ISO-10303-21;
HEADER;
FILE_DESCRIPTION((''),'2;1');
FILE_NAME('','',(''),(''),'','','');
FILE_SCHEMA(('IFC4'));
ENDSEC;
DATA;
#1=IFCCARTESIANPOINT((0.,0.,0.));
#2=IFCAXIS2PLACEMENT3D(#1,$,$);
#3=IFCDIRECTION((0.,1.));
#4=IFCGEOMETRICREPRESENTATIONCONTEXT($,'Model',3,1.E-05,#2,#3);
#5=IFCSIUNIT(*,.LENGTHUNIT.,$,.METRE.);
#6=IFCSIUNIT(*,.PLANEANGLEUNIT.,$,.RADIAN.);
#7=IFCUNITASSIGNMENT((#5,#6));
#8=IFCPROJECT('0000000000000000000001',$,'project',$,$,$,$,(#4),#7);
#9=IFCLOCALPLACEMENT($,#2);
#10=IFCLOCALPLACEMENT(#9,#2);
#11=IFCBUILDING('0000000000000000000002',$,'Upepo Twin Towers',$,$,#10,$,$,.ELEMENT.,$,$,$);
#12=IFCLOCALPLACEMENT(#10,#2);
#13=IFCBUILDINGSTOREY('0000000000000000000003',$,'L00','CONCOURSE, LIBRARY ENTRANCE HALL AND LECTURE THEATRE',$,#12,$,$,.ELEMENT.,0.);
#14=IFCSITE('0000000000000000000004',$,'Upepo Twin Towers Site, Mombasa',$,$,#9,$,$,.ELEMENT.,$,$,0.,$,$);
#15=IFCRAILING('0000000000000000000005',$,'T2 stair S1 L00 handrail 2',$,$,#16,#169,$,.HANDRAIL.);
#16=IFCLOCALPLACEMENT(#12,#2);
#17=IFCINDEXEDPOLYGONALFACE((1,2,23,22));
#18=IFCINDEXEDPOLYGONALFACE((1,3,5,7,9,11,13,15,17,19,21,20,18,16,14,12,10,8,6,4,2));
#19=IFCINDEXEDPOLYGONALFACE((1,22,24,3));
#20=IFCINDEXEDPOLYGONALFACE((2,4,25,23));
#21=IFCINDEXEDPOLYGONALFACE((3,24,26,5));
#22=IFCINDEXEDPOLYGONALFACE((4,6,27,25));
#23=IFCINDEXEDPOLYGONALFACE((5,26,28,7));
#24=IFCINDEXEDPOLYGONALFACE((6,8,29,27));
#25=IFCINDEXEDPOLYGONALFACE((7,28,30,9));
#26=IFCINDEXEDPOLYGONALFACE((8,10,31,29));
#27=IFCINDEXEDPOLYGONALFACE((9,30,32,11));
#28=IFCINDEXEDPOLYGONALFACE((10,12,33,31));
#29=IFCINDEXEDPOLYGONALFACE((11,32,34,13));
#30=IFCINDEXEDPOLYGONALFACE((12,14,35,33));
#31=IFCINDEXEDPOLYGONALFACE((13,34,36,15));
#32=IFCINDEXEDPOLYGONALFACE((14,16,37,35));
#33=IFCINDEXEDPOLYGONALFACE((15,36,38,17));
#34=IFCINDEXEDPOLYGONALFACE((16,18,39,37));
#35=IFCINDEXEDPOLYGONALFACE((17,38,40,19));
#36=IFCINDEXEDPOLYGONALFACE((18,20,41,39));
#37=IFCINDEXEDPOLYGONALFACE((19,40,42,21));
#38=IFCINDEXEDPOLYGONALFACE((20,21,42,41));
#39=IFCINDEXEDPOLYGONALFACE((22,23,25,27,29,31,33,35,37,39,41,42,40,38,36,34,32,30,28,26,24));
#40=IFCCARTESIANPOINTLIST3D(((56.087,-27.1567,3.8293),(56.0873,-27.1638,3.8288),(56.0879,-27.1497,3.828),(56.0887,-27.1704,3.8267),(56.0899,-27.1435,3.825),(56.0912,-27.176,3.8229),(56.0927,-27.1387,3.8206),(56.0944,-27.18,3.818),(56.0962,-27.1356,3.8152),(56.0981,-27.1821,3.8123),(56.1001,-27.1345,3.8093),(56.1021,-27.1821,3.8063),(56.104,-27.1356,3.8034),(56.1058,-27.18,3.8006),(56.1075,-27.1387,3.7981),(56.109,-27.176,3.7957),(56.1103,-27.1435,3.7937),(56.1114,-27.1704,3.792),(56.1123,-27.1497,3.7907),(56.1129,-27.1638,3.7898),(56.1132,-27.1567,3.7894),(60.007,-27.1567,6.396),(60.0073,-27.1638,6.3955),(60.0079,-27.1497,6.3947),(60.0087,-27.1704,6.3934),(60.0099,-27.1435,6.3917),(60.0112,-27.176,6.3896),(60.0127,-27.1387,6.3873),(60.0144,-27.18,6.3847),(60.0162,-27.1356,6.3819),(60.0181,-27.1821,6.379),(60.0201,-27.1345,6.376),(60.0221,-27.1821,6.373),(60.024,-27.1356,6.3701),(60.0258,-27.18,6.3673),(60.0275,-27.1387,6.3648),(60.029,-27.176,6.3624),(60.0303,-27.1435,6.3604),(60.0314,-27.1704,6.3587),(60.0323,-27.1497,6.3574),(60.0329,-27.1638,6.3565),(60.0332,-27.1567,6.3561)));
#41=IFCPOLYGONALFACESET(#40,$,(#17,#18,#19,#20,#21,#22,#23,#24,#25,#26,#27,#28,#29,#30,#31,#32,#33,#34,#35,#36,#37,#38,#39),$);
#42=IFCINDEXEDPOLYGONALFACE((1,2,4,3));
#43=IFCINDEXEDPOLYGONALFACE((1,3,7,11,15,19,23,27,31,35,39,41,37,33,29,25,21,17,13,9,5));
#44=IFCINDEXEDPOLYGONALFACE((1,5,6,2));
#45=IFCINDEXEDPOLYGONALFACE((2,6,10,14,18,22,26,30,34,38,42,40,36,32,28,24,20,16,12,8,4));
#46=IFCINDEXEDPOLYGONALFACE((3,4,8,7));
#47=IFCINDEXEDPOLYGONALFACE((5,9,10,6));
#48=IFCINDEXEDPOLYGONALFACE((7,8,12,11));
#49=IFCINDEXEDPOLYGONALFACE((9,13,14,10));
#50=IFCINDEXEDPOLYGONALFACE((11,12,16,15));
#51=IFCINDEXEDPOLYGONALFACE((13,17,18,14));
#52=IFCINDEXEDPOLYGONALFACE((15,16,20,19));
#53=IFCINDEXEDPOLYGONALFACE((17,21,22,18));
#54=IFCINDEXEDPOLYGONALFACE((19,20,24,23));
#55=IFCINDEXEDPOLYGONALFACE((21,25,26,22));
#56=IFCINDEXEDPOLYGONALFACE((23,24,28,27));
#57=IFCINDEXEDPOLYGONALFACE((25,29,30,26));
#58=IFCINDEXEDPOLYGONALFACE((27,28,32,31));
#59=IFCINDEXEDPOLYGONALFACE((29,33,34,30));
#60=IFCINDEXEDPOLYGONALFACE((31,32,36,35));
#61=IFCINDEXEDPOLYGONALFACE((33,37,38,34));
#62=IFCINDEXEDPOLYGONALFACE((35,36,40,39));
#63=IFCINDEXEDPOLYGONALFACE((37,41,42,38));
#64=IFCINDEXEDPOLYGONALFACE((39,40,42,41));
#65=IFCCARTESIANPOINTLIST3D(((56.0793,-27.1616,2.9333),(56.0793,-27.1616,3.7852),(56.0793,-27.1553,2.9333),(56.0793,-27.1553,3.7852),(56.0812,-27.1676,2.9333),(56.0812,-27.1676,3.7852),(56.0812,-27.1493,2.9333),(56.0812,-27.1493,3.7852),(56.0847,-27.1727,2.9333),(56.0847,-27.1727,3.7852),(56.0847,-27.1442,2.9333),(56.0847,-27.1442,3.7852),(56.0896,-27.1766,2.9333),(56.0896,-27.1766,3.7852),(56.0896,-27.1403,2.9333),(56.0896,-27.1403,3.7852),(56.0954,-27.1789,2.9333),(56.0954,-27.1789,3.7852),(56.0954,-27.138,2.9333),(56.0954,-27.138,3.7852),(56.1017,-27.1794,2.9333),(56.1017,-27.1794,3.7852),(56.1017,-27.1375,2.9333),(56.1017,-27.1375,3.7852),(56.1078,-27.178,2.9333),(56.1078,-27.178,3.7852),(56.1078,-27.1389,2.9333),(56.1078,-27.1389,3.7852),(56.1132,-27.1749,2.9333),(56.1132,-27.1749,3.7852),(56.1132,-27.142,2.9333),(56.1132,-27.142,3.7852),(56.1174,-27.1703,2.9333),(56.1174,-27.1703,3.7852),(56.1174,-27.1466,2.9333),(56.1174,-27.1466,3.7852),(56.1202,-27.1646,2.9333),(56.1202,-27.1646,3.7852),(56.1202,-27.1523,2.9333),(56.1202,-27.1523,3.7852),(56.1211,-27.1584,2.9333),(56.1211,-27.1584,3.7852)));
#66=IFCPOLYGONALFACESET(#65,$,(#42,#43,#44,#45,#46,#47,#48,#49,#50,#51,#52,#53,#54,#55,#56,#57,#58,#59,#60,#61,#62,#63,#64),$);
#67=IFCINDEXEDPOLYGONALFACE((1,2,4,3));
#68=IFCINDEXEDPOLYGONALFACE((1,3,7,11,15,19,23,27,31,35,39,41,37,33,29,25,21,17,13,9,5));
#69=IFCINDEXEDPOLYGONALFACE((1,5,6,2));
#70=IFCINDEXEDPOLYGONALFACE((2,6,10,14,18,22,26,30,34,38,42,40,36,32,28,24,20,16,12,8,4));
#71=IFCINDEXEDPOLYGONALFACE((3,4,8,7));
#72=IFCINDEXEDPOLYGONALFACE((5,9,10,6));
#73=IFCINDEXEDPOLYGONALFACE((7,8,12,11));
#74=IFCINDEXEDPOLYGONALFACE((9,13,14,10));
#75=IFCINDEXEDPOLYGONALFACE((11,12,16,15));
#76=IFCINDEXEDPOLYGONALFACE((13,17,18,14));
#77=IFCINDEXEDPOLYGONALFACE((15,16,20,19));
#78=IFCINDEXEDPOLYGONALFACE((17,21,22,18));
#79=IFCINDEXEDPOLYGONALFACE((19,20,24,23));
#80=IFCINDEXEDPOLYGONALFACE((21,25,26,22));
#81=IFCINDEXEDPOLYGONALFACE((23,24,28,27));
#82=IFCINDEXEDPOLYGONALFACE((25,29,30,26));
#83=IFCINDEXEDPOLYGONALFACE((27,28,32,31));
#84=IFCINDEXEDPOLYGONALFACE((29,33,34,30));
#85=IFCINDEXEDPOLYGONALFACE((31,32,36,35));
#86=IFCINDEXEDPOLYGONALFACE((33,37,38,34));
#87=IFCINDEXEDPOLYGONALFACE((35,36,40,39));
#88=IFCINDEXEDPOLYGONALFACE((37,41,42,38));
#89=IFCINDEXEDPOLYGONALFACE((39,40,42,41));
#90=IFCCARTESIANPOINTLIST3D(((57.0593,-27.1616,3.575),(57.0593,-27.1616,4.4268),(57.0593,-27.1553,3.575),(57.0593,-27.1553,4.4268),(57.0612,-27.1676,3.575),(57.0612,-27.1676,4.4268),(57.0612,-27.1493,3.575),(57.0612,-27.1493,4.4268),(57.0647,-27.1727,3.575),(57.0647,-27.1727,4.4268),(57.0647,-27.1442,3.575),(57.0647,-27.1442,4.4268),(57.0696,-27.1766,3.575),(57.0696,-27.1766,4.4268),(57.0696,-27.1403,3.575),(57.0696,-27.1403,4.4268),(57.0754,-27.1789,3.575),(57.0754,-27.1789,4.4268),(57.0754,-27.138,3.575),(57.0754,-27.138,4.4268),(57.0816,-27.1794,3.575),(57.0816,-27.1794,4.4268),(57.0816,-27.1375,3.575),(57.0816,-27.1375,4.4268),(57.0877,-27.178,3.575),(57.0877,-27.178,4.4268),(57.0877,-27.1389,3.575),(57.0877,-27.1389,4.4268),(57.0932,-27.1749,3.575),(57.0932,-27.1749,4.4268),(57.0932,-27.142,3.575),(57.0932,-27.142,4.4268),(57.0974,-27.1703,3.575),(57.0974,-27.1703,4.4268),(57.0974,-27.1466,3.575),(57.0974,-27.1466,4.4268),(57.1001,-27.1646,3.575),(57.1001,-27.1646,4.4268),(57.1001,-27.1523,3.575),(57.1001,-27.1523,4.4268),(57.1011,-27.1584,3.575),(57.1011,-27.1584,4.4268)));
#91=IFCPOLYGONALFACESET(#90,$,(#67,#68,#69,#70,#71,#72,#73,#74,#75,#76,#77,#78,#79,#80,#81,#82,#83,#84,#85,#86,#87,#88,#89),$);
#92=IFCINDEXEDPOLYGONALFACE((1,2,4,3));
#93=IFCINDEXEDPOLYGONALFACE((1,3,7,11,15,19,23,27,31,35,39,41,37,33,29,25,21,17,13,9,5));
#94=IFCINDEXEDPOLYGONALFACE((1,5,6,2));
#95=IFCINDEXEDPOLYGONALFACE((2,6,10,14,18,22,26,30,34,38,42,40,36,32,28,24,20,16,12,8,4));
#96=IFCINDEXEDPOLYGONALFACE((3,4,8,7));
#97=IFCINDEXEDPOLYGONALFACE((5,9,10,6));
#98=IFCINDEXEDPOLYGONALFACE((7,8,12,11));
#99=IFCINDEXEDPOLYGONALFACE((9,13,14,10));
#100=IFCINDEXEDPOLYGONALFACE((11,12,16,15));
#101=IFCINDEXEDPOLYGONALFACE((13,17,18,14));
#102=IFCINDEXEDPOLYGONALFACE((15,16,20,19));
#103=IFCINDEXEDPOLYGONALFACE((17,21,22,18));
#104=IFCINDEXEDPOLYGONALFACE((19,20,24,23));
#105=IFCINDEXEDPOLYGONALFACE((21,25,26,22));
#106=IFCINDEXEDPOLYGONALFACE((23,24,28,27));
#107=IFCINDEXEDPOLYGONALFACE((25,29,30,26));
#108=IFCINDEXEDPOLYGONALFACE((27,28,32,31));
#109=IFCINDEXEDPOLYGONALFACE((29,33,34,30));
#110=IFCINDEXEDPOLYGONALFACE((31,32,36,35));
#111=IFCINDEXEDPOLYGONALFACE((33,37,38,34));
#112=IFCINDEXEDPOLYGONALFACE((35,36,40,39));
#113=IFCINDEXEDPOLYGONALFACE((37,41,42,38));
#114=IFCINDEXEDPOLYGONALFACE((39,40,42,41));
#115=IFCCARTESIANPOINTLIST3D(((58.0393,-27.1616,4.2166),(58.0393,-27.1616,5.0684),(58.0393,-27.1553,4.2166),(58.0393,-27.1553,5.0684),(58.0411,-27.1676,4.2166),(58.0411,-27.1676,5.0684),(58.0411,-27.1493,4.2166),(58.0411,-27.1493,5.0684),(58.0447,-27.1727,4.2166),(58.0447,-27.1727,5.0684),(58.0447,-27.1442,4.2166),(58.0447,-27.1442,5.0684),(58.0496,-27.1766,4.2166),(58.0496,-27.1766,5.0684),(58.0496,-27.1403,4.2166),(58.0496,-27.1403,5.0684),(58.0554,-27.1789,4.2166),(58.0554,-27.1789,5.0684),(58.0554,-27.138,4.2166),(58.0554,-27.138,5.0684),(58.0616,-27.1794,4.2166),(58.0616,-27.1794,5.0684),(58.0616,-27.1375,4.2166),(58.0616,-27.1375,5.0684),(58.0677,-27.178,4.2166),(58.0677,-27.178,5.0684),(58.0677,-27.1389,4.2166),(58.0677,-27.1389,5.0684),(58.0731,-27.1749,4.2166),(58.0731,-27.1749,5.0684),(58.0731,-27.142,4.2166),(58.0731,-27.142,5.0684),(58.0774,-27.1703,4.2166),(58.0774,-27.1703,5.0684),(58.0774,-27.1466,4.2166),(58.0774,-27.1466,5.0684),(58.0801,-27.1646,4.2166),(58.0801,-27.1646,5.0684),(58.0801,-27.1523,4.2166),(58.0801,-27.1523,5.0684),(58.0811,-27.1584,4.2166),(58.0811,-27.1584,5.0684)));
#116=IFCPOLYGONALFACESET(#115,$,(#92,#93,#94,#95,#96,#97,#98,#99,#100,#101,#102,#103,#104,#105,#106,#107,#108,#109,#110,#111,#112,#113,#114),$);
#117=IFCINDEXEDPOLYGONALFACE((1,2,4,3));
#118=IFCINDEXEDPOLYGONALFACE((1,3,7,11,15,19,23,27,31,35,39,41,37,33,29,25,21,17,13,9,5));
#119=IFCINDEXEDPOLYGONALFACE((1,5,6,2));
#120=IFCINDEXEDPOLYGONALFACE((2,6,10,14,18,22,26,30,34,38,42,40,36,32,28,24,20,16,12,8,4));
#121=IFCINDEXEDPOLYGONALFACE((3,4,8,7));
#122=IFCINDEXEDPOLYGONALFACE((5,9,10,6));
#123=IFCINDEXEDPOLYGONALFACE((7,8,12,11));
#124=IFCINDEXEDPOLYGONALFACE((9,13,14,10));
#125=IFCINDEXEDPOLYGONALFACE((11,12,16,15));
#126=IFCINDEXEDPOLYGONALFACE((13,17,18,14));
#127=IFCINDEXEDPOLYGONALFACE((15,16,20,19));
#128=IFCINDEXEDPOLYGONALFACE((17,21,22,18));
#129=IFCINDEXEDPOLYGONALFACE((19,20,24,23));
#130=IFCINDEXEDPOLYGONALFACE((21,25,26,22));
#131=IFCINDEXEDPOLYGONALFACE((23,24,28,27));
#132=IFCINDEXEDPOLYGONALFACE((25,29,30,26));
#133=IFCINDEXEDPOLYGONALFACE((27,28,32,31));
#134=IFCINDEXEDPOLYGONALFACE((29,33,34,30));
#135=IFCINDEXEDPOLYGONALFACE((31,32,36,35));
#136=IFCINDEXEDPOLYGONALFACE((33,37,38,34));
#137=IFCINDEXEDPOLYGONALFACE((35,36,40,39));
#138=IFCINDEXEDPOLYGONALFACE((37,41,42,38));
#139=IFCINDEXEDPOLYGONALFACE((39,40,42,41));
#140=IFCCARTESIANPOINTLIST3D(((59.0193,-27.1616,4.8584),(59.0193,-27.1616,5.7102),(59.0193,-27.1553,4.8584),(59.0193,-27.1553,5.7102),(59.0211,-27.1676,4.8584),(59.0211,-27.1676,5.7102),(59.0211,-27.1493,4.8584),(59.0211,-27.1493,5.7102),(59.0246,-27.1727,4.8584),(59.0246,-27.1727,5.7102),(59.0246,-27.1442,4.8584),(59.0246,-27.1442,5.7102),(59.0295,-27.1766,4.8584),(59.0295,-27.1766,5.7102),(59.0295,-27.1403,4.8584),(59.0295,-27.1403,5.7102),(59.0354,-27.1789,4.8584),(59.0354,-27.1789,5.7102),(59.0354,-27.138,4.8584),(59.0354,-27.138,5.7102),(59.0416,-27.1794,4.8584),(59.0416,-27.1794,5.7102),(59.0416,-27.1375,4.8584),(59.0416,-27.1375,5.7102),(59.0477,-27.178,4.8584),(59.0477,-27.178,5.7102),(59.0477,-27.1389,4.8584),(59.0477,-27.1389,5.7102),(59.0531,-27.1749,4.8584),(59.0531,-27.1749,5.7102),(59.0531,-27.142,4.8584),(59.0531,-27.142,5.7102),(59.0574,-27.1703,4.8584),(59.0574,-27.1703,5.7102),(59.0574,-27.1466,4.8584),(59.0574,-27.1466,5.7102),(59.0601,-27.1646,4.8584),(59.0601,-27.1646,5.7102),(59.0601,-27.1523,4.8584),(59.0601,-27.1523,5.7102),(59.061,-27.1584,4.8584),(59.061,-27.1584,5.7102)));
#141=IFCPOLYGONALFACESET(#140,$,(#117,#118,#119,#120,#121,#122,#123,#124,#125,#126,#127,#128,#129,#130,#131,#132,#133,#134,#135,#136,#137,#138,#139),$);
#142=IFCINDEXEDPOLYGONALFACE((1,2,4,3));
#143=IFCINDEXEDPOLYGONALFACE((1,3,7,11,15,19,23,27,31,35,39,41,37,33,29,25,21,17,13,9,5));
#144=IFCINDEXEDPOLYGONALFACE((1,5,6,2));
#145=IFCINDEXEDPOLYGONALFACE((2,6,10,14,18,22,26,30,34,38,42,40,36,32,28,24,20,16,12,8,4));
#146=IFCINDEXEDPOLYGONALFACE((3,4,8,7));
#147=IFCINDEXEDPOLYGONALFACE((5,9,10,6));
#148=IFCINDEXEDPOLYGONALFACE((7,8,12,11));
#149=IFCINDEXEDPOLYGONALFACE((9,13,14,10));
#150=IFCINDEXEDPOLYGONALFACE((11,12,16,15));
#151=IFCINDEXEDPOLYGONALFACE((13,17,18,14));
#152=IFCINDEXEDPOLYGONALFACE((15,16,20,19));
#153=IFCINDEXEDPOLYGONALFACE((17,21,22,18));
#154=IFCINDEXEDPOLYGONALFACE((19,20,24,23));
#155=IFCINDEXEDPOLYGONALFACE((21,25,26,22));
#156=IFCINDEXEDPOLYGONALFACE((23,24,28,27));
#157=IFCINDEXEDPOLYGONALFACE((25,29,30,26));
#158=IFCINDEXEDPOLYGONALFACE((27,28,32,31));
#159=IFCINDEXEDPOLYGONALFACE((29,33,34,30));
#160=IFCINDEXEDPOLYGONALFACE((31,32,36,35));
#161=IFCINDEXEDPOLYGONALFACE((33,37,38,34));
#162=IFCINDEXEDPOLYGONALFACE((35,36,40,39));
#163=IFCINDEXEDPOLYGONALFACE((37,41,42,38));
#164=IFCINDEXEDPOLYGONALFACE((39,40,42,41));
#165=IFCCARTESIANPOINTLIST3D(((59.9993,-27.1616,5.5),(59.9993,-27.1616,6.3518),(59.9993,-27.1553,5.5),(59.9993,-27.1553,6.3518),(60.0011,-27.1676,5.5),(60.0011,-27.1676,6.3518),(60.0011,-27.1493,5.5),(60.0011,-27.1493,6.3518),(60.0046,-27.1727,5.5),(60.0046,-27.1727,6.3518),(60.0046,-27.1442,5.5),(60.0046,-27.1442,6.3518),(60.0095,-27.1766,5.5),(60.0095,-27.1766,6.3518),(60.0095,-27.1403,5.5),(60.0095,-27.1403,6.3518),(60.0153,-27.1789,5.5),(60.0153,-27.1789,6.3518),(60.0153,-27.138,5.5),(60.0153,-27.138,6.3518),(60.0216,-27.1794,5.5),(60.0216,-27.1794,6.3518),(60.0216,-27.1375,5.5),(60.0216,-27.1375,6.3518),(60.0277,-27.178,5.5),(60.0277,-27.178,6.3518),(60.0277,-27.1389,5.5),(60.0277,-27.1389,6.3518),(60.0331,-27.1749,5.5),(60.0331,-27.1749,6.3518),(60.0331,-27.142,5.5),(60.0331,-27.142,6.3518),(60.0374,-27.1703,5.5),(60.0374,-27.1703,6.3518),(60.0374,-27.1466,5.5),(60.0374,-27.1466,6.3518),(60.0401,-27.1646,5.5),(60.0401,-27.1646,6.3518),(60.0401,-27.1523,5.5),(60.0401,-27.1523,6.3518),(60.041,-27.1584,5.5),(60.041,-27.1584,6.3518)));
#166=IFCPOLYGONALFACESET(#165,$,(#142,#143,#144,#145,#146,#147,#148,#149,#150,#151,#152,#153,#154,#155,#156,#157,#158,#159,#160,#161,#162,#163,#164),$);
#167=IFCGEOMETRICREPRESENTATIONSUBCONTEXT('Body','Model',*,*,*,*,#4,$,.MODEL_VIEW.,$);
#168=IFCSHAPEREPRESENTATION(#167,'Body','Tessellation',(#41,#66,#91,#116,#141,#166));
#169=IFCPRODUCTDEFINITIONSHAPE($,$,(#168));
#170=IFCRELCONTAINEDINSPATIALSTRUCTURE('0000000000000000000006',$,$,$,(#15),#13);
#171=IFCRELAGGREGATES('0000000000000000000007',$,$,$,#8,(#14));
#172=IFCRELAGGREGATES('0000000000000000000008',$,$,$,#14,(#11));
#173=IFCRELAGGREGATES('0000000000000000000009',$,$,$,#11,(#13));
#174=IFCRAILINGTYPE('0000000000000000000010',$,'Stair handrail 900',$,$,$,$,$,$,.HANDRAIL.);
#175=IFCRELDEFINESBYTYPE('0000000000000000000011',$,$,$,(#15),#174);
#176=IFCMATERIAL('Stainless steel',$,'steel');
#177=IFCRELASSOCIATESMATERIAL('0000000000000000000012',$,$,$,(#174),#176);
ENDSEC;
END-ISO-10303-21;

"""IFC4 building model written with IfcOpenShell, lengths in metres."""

from ifc_helpers import new_model, si_unit, direction, frame, origin, origin_2d, place, context, subcontext, project, spatial, circle, extrude, material, type_object, element, save


model = new_model("IFC4")

# Units and contexts
model_context = context("Model", 3, precision=1e-05, world=origin(), true_north=direction((0.0, 1.0)))
body_context = subcontext(model_context, "Body", "Model", "MODEL_VIEW")
ifc_project = project(units=[si_unit("LENGTHUNIT", "METRE"), si_unit("PLANEANGLEUNIT", "RADIAN")], contexts=[model_context])

# Site, building, storey
site_placement = place(None, origin())
site = spatial("IfcSite", under=ifc_project, at=site_placement, Name="Upepo Twin Towers Site, Mombasa", CompositionType="ELEMENT", RefElevation=0.0)
building_placement = place(site_placement, origin())
building = spatial("IfcBuilding", under=site, at=building_placement, Name="Upepo Twin Towers", CompositionType="ELEMENT")
storey_placement = place(building_placement, origin())
storey = spatial("IfcBuildingStorey", under=building, at=storey_placement, Name="L00", Description="CONCOURSE, LIBRARY ENTRANCE HALL AND LECTURE THEATRE", CompositionType="ELEMENT", Elevation=0.0)

# Railing
ifc_material_1 = material(Name="Stainless steel", Category="steel")
railing_type = type_object("IfcRailingType", Name="Stair handrail 900", PredefinedType="HANDRAIL", material=ifc_material_1)
railing_1_placement = place(storey_placement, frame((56.1001, -27.1584, 2.9333)))
element("IfcRailing", 1, at=railing_1_placement, inside=storey, type_object=railing_type, Name="T2 stair S1 L00 handrail 2", PredefinedType="HANDRAIL", context=body_context, shape_type="SweptSolid", body=[
    extrude(circle(Radius=0.0239, at=origin_2d()), frame((0.0, 0.0, 0.876), z_axis=(0.836615, 0.0, 0.547791), x_axis=(0.0, 1.0, 0.0)), (0.0, 0.0, 1.0), 4.6855),
    extrude(circle(Radius=0.021, at=origin_2d()), origin(), (0.0, 0.0, 1.0), 0.8518),
    extrude(circle(Radius=0.021, at=origin_2d()), frame((0.98, 0.0, 0.6416)), (0.0, 0.0, 1.0), 0.8518),
    extrude(circle(Radius=0.021, at=origin_2d()), frame((1.96, 0.0, 1.2832)), (0.0, 0.0, 1.0), 0.8518),
    extrude(circle(Radius=0.021, at=origin_2d()), frame((2.9399, 0.0, 1.925)), (0.0, 0.0, 1.0), 0.8518),
    extrude(circle(Radius=0.021, at=origin_2d()), frame((3.9199, 0.0, 2.5667)), (0.0, 0.0, 1.0), 0.8518),
])

save(model, "model.ifc")
